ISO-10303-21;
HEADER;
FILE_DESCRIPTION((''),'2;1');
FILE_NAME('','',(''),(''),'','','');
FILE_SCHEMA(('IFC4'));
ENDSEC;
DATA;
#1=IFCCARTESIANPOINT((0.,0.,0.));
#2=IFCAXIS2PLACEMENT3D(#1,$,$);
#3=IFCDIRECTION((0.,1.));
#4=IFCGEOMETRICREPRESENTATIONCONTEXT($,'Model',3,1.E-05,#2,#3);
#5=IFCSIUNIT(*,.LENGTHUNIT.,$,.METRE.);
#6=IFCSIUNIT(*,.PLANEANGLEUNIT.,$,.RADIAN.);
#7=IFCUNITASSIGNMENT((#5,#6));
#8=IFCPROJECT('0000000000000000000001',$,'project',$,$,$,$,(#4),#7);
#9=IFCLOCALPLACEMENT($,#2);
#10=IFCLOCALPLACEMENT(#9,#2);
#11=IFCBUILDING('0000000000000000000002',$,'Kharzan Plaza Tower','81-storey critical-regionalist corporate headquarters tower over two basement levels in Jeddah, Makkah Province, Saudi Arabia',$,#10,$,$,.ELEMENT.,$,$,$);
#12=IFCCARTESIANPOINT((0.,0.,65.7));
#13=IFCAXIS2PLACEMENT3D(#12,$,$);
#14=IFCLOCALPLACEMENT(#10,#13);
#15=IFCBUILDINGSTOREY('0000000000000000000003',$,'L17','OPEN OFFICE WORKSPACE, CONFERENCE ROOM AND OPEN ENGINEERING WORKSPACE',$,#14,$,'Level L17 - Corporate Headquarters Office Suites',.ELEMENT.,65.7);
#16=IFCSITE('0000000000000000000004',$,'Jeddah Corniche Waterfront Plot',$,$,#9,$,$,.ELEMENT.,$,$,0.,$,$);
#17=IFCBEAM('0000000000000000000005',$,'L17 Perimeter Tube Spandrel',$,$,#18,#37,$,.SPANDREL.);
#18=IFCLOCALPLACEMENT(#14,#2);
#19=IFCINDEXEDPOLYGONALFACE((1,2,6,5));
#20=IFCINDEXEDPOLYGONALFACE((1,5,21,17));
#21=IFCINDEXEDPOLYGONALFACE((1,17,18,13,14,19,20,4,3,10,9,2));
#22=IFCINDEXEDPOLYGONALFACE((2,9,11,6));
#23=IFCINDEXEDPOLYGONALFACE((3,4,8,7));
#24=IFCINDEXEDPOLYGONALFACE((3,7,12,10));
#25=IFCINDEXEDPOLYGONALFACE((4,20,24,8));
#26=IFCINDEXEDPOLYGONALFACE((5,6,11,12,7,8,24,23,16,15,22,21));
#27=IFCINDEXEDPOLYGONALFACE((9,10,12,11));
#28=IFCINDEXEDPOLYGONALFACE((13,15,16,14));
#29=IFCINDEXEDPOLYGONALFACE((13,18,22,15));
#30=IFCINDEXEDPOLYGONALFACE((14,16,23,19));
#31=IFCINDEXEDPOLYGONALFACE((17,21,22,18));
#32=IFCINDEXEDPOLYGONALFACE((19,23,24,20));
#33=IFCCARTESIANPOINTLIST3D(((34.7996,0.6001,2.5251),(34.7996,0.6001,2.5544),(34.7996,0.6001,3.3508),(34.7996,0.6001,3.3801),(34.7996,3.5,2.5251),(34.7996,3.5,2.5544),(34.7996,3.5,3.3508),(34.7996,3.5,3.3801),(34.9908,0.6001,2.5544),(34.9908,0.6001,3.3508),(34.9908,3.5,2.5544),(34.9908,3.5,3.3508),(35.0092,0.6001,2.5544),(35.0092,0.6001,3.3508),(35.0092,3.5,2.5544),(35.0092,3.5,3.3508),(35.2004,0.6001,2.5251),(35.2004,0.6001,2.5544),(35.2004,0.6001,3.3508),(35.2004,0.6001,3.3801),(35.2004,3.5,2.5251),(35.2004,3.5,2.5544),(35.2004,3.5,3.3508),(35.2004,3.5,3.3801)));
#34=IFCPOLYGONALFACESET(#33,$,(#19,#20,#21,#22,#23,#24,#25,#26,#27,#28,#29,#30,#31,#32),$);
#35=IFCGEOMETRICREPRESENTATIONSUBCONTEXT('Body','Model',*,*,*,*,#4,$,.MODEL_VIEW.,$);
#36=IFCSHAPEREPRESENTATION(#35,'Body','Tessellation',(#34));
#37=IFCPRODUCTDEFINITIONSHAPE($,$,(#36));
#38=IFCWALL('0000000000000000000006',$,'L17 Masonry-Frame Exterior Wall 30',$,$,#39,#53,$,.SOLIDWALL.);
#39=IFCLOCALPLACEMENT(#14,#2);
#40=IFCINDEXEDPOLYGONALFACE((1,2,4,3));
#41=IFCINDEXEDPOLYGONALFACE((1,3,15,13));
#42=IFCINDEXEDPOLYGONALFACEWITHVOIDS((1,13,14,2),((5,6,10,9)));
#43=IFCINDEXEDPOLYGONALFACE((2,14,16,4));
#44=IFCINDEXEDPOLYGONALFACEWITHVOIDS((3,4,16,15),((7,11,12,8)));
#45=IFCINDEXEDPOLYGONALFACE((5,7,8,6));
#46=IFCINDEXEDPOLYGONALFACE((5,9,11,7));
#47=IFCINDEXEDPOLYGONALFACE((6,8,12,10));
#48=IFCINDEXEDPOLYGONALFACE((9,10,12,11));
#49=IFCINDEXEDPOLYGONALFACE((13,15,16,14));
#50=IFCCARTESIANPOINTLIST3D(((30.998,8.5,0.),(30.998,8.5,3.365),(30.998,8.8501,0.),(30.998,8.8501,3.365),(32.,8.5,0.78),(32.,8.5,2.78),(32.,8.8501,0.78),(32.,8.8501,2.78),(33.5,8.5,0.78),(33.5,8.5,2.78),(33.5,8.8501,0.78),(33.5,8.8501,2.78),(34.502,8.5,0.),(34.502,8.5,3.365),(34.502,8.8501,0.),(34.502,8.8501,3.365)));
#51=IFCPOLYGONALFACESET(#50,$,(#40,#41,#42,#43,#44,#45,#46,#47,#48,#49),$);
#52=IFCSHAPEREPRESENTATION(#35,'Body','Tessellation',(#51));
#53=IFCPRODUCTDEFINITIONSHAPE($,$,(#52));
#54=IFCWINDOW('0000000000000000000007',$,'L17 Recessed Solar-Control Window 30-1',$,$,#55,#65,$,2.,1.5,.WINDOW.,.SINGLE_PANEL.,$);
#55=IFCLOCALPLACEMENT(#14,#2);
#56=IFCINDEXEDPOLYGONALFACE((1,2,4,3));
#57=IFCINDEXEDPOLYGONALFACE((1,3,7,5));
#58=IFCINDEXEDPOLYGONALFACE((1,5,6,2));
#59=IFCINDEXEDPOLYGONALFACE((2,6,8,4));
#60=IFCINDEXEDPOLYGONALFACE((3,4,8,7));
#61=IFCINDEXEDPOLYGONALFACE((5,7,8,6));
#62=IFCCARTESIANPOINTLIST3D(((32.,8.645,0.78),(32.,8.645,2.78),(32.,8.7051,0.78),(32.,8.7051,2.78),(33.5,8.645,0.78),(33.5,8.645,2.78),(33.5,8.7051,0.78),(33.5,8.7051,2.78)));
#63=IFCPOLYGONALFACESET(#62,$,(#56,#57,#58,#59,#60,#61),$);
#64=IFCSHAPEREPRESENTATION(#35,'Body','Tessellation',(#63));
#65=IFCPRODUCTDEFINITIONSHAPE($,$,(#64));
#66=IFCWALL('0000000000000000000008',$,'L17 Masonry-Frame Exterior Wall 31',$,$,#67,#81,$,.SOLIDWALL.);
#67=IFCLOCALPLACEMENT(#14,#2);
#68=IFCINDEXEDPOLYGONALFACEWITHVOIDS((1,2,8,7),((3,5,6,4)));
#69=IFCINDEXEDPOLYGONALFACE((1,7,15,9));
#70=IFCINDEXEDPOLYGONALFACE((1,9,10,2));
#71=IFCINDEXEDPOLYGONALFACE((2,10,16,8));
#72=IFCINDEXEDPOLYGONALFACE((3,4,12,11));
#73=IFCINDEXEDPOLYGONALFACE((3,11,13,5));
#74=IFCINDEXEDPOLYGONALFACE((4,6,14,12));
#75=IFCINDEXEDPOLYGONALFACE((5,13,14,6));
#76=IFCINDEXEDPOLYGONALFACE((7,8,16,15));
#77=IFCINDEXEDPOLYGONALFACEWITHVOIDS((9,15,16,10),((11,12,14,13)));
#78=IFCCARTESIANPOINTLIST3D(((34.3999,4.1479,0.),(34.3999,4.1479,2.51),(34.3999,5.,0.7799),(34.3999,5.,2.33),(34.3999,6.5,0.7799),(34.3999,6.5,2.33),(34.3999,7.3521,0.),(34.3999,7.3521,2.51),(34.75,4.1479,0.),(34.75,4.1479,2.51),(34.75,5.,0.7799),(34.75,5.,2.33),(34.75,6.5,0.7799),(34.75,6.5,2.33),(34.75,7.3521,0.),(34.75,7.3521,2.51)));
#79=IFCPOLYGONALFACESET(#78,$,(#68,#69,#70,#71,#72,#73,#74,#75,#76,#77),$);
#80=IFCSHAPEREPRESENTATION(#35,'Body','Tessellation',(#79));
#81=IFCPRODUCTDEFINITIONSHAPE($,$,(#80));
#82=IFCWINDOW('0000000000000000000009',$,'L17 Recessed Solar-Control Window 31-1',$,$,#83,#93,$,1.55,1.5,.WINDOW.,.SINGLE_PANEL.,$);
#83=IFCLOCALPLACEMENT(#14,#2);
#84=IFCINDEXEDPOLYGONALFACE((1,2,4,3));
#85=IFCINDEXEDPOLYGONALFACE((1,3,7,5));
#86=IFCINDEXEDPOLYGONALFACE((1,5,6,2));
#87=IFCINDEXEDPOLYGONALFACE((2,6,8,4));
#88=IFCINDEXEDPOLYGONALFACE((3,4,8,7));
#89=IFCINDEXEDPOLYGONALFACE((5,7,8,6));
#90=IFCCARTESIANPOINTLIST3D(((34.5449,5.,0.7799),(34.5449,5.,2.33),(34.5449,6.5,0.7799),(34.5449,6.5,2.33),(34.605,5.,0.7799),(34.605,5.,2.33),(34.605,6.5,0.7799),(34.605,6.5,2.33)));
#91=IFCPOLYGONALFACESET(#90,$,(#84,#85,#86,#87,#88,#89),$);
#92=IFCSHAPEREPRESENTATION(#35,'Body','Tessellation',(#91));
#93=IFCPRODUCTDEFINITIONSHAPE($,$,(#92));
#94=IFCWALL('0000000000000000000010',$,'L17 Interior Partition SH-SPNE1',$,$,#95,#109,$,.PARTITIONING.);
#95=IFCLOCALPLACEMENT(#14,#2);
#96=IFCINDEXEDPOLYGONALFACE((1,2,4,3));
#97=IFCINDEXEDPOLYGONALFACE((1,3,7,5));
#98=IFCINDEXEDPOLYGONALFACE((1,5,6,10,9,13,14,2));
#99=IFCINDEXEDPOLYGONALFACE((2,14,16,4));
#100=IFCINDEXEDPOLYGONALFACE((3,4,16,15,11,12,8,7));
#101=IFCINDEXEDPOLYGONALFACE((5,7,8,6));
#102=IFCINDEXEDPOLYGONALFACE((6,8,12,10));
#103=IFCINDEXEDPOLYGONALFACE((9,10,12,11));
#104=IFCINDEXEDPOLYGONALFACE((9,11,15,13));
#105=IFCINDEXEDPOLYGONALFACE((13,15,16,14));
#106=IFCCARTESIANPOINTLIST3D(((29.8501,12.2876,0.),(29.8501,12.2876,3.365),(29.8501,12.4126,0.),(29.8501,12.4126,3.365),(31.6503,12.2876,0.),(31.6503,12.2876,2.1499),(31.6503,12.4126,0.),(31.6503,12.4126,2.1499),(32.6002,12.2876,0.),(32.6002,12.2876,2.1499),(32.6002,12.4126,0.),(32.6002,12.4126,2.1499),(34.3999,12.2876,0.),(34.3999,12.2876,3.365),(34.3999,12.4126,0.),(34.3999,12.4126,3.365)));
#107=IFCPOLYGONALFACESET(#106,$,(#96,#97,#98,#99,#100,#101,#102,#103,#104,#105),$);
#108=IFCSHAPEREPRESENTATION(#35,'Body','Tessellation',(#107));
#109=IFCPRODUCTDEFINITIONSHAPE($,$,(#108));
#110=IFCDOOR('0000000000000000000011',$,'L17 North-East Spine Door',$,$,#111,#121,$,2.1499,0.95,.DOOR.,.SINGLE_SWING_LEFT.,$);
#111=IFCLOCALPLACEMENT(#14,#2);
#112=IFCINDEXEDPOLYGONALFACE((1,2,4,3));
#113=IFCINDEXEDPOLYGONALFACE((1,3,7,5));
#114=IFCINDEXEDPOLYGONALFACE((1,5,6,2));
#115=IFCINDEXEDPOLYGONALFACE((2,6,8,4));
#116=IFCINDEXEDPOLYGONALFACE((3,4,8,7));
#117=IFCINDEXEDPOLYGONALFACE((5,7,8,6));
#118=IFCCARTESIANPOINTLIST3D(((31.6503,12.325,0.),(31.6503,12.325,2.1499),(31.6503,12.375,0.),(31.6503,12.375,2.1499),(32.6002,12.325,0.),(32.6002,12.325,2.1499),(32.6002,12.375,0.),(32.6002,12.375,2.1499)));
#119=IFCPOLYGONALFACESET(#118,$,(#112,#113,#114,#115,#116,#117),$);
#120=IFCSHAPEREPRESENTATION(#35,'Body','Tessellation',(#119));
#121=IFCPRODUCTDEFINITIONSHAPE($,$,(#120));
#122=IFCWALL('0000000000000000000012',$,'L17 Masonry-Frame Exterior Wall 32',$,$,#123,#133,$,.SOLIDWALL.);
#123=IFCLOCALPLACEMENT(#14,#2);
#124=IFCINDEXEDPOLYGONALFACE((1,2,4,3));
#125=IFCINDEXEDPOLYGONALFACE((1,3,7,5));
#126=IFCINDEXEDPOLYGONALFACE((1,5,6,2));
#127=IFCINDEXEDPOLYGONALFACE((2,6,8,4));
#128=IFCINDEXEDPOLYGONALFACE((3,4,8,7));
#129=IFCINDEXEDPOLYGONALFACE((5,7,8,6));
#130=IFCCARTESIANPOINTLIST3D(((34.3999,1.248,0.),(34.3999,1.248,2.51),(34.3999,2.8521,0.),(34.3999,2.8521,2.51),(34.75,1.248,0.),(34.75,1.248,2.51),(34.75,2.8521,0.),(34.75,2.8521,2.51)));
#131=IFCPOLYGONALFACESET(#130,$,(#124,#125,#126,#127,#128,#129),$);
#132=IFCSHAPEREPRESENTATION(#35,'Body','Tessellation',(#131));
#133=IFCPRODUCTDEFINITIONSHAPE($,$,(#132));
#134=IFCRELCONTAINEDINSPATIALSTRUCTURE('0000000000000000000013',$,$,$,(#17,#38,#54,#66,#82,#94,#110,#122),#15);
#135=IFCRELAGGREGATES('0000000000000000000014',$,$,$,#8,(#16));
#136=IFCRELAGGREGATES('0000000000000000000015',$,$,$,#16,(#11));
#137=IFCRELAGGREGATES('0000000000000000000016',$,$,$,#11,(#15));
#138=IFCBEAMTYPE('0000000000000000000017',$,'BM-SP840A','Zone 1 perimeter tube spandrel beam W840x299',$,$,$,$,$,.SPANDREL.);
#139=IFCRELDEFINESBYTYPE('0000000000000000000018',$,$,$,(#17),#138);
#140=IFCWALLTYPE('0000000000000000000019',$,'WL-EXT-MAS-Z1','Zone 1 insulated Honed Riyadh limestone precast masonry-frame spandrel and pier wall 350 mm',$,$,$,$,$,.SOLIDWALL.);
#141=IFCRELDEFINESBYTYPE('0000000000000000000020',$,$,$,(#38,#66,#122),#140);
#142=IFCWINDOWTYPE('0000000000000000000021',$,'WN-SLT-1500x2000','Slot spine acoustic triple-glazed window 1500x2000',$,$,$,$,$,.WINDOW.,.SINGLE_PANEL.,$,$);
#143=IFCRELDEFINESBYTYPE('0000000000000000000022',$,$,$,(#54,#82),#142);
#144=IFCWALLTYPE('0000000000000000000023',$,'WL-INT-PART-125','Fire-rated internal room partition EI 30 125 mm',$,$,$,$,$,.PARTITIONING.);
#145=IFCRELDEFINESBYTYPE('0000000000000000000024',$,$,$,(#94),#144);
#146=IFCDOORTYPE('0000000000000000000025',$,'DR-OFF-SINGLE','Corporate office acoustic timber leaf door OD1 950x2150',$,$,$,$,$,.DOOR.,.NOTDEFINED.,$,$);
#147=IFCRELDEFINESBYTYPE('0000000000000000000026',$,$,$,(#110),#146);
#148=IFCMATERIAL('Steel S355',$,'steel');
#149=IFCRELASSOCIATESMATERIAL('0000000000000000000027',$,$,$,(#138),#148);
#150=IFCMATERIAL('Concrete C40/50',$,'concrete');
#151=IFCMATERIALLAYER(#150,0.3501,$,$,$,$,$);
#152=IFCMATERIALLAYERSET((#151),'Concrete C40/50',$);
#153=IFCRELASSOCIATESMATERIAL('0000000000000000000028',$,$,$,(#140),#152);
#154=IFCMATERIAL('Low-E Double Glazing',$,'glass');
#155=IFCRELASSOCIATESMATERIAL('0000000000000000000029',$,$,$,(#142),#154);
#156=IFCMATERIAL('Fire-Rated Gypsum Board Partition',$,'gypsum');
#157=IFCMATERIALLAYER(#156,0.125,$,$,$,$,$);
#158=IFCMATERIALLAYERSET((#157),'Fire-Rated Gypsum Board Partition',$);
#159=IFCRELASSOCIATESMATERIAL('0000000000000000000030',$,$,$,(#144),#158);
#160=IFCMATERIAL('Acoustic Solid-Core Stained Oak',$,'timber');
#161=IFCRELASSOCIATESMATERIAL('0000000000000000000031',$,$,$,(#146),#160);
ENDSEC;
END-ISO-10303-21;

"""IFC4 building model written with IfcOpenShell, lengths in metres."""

from ifc_helpers import new_model, si_unit, direction, frame, frame_2d, origin, origin_2d, place, context, subcontext, project, spatial, rectangle, i_section, extrude, source, transform, mapped, material, layer, layer_set, material_profile, profile_set, type_object, element, fill, save


model = new_model("IFC4")

# Units and contexts
model_context = context("Model", 3, precision=1e-05, world=origin(), true_north=direction((0.0, 1.0)))
body_context = subcontext(model_context, "Body", "Model", "MODEL_VIEW")
ifc_project = project(units=[si_unit("LENGTHUNIT", "METRE"), si_unit("PLANEANGLEUNIT", "RADIAN")], contexts=[model_context])

# Site, building, storey
site_placement = place(None, origin())
site = spatial("IfcSite", under=ifc_project, at=site_placement, Name="Jeddah Corniche Waterfront Plot", CompositionType="ELEMENT", RefElevation=0.0)
building_placement = place(site_placement, origin())
building = spatial("IfcBuilding", under=site, at=building_placement, Name="Kharzan Plaza Tower", Description="81-storey critical-regionalist corporate headquarters tower over two basement levels in Jeddah, Makkah Province, Saudi Arabia", CompositionType="ELEMENT")
storey_placement = place(building_placement, frame((0.0, 0.0, 65.7)))
storey = spatial("IfcBuildingStorey", under=building, at=storey_placement, Name="L17", Description="OPEN OFFICE WORKSPACE, CONFERENCE ROOM AND OPEN ENGINEERING WORKSPACE", LongName="Level L17 - Corporate Headquarters Office Suites", CompositionType="ELEMENT", Elevation=65.7)

# Beam
ifc_material_1 = material(Name="Steel S355", Category="steel")
ifc_material_profile_1 = material_profile(ifc_material_1, i_section(OverallWidth=0.4009, OverallDepth=0.855, WebThickness=0.0183, FlangeThickness=0.0293, at=origin_2d()), Name="W840x299")
ifc_profile_set_1 = profile_set([ifc_material_profile_1], Name="Steel S355")
beam_type_1 = type_object("IfcBeamType", Name="BM-SP840A", Description="Zone 1 perimeter tube spandrel beam W840x299", PredefinedType="SPANDREL", material=ifc_profile_set_1)
shared_shape_1 = source(origin(), body_context, "Body", "SweptSolid", [
    extrude(i_section(OverallWidth=0.4009, OverallDepth=0.855, WebThickness=0.0183, FlangeThickness=0.0293, at=origin_2d()), origin(), (0.0, 0.0, 1.0), 2.8999),
])
beam_1_placement = place(storey_placement, frame((35.0, 0.6001, 2.9526), z_axis=(0.0, 1.0, 0.0), x_axis=(-1.0, 0.0, 0.0)))
element("IfcBeam", 1, at=beam_1_placement, inside=storey, type_object=beam_type_1, Name="L17 Perimeter Tube Spandrel", PredefinedType="SPANDREL", context=body_context, shape_type="MappedRepresentation", body=[
    mapped(shared_shape_1, transform((0.0, 0.0, 0.0), x_axis=(1.0, 0.0, 0.0), y_axis=(0.0, 1.0, 0.0), z_axis=(0.0, 0.0, 1.0))),
])

# Walls, openings, windows
ifc_material_2 = material(Name="Concrete C40/50", Category="concrete")
ifc_layer_1 = layer(ifc_material_2, 0.3501)
ifc_layer_set_1 = layer_set([ifc_layer_1], Name="Concrete C40/50")
wall_type_1 = type_object("IfcWallType", Name="WL-EXT-MAS-Z1", Description="Zone 1 insulated Honed Riyadh limestone precast masonry-frame spandrel and pier wall 350 mm", PredefinedType="SOLIDWALL", material=ifc_layer_set_1)
wall_1_placement = place(storey_placement, frame((30.998, 8.675, 0.0), z_axis=(0.0, 0.0, 1.0), x_axis=(1.0, 0.0, 0.0)))
wall_1 = element("IfcWall", 2, at=wall_1_placement, inside=storey, type_object=wall_type_1, Name="L17 Masonry-Frame Exterior Wall 30", PredefinedType="SOLIDWALL", context=body_context, shape_type="SweptSolid", body=[
    extrude(rectangle(XDim=3.5039, YDim=0.3501, at=frame_2d((1.752, 0.0))), origin(), (0.0, 0.0, 1.0), 3.365),
])
opening_1_placement = place(wall_1_placement, frame((1.002, 0.0, 0.78)))
opening_1 = element("IfcOpeningElement", 3, at=opening_1_placement, cuts=wall_1, PredefinedType="OPENING", context=body_context, shape_type="SweptSolid", body=[
    extrude(rectangle(XDim=1.5, YDim=2.0, at=frame_2d((0.75, 1.0))), frame((0.0, 0.1851, 0.0), z_axis=(0.0, -1.0, 0.0), x_axis=(1.0, 0.0, 0.0)), (0.0, 0.0, 1.0), 0.3701),
])
ifc_material_3 = material(Name="Low-E Double Glazing", Category="glass")
window_type = type_object("IfcWindowType", Name="WN-SLT-1500x2000", Description="Slot spine acoustic triple-glazed window 1500x2000", PartitioningType="SINGLE_PANEL", PredefinedType="WINDOW", material=ifc_material_3)
shared_shape_2 = source(origin(), body_context, "Body", "SweptSolid", [
    extrude(rectangle(XDim=1.5, YDim=2.0, at=frame_2d((0.75, 1.0))), frame((0.0, 0.03, 0.0), z_axis=(0.0, -1.0, 0.0), x_axis=(1.0, 0.0, 0.0)), (0.0, 0.0, 1.0), 0.0601),
])
window_1_placement = place(opening_1_placement, origin())
window_1 = element("IfcWindow", 4, at=window_1_placement, inside=storey, type_object=window_type, Name="L17 Recessed Solar-Control Window 30-1", OverallHeight=2.0, OverallWidth=1.5, PartitioningType="SINGLE_PANEL", PredefinedType="WINDOW", context=body_context, shape_type="MappedRepresentation", body=[
    mapped(shared_shape_2, transform((0.0, 0.0, 0.0), x_axis=(1.0, 0.0, 0.0), y_axis=(0.0, 1.0, 0.0), z_axis=(0.0, 0.0, 1.0))),
])
fill(opening_1, window_1)
wall_2_placement = place(storey_placement, frame((34.575, 7.3521, 0.0), z_axis=(0.0, 0.0, 1.0), x_axis=(0.0, -1.0, 0.0)))
wall_2 = element("IfcWall", 5, at=wall_2_placement, inside=storey, type_object=wall_type_1, Name="L17 Masonry-Frame Exterior Wall 31", PredefinedType="SOLIDWALL", context=body_context, shape_type="SweptSolid", body=[
    extrude(rectangle(XDim=3.2041, YDim=0.3501, at=frame_2d((1.6021, 0.0))), origin(), (0.0, 0.0, 1.0), 2.51),
])
opening_2_placement = place(wall_2_placement, frame((0.8521, 0.0, 0.78)))
opening_2 = element("IfcOpeningElement", 6, at=opening_2_placement, cuts=wall_2, PredefinedType="OPENING", context=body_context, shape_type="SweptSolid", body=[
    extrude(rectangle(XDim=1.5, YDim=1.55, at=frame_2d((0.75, 0.7749))), frame((0.0, 0.1851, 0.0), z_axis=(0.0, -1.0, 0.0), x_axis=(1.0, 0.0, 0.0)), (0.0, 0.0, 1.0), 0.3701),
])
shared_shape_3 = source(origin(), body_context, "Body", "SweptSolid", [
    extrude(rectangle(XDim=1.5, YDim=1.55, at=frame_2d((0.75, 0.7749))), frame((0.0, 0.03, 0.0), z_axis=(0.0, -1.0, 0.0), x_axis=(1.0, 0.0, 0.0)), (0.0, 0.0, 1.0), 0.0601),
])
window_2_placement = place(opening_2_placement, origin())
window_2 = element("IfcWindow", 7, at=window_2_placement, inside=storey, type_object=window_type, Name="L17 Recessed Solar-Control Window 31-1", OverallHeight=1.55, OverallWidth=1.5, PartitioningType="SINGLE_PANEL", PredefinedType="WINDOW", context=body_context, shape_type="MappedRepresentation", body=[
    mapped(shared_shape_3, transform((0.0, 0.0, 0.0), x_axis=(1.0, 0.0, 0.0), y_axis=(0.0, 1.0, 0.0), z_axis=(0.0, 0.0, 1.0))),
])
fill(opening_2, window_2)

# Wall, opening, door
ifc_material_4 = material(Name="Fire-Rated Gypsum Board Partition", Category="gypsum")
ifc_layer_2 = layer(ifc_material_4, 0.125)
ifc_layer_set_2 = layer_set([ifc_layer_2], Name="Fire-Rated Gypsum Board Partition")
wall_type_2 = type_object("IfcWallType", Name="WL-INT-PART-125", Description="Fire-rated internal room partition EI 30 125 mm", PredefinedType="PARTITIONING", material=ifc_layer_set_2)
wall_3_placement = place(storey_placement, frame((29.8501, 12.3501, 0.0), z_axis=(0.0, 0.0, 1.0), x_axis=(1.0, 0.0, 0.0)))
wall_3 = element("IfcWall", 8, at=wall_3_placement, inside=storey, type_object=wall_type_2, Name="L17 Interior Partition SH-SPNE1", PredefinedType="PARTITIONING", context=body_context, shape_type="SweptSolid", body=[
    extrude(rectangle(XDim=4.5498, YDim=0.125, at=frame_2d((2.2749, 0.0))), origin(), (0.0, 0.0, 1.0), 3.365),
])
opening_3_placement = place(wall_3_placement, frame((1.8, 0.0, 0.0)))
opening_3 = element("IfcOpeningElement", 9, at=opening_3_placement, cuts=wall_3, PredefinedType="OPENING", context=body_context, shape_type="SweptSolid", body=[
    extrude(rectangle(XDim=0.95, YDim=2.1499, at=frame_2d((0.4751, 1.075))), frame((0.0, 0.0725, 0.0), z_axis=(0.0, -1.0, 0.0), x_axis=(1.0, 0.0, 0.0)), (0.0, 0.0, 1.0), 0.145),
])
ifc_material_5 = material(Name="Acoustic Solid-Core Stained Oak", Category="timber")
door_type = type_object("IfcDoorType", Name="DR-OFF-SINGLE", Description="Corporate office acoustic timber leaf door OD1 950x2150", OperationType="NOTDEFINED", PredefinedType="DOOR", material=ifc_material_5)
shared_shape_4 = source(origin(), body_context, "Body", "SweptSolid", [
    extrude(rectangle(XDim=0.95, YDim=2.1499, at=frame_2d((0.4751, 1.075))), frame((0.0, 0.0249, 0.0), z_axis=(0.0, -1.0, 0.0), x_axis=(1.0, 0.0, 0.0)), (0.0, 0.0, 1.0), 0.05),
])
door_placement = place(opening_3_placement, origin())
door = element("IfcDoor", 10, at=door_placement, inside=storey, type_object=door_type, Name="L17 North-East Spine Door", OperationType="SINGLE_SWING_LEFT", OverallHeight=2.1499, OverallWidth=0.95, PredefinedType="DOOR", context=body_context, shape_type="MappedRepresentation", body=[
    mapped(shared_shape_4, transform((0.0, 0.0, 0.0), x_axis=(1.0, 0.0, 0.0), y_axis=(0.0, 1.0, 0.0), z_axis=(0.0, 0.0, 1.0))),
])
fill(opening_3, door)

# Wall
shared_shape_5 = source(origin(), body_context, "Body", "SweptSolid", [
    extrude(rectangle(XDim=1.604, YDim=0.3501, at=frame_2d((0.802, 0.0))), origin(), (0.0, 0.0, 1.0), 2.51),
])
wall_4_placement = place(storey_placement, frame((34.575, 2.8521, 0.0), z_axis=(0.0, 0.0, 1.0), x_axis=(0.0, -1.0, 0.0)))
element("IfcWall", 11, at=wall_4_placement, inside=storey, type_object=wall_type_1, Name="L17 Masonry-Frame Exterior Wall 32", PredefinedType="SOLIDWALL", context=body_context, shape_type="MappedRepresentation", body=[
    mapped(shared_shape_5, transform((0.0, 0.0, 0.0), x_axis=(1.0, 0.0, 0.0), y_axis=(0.0, 1.0, 0.0), z_axis=(0.0, 0.0, 1.0))),
])

save(model, "model.ifc")
